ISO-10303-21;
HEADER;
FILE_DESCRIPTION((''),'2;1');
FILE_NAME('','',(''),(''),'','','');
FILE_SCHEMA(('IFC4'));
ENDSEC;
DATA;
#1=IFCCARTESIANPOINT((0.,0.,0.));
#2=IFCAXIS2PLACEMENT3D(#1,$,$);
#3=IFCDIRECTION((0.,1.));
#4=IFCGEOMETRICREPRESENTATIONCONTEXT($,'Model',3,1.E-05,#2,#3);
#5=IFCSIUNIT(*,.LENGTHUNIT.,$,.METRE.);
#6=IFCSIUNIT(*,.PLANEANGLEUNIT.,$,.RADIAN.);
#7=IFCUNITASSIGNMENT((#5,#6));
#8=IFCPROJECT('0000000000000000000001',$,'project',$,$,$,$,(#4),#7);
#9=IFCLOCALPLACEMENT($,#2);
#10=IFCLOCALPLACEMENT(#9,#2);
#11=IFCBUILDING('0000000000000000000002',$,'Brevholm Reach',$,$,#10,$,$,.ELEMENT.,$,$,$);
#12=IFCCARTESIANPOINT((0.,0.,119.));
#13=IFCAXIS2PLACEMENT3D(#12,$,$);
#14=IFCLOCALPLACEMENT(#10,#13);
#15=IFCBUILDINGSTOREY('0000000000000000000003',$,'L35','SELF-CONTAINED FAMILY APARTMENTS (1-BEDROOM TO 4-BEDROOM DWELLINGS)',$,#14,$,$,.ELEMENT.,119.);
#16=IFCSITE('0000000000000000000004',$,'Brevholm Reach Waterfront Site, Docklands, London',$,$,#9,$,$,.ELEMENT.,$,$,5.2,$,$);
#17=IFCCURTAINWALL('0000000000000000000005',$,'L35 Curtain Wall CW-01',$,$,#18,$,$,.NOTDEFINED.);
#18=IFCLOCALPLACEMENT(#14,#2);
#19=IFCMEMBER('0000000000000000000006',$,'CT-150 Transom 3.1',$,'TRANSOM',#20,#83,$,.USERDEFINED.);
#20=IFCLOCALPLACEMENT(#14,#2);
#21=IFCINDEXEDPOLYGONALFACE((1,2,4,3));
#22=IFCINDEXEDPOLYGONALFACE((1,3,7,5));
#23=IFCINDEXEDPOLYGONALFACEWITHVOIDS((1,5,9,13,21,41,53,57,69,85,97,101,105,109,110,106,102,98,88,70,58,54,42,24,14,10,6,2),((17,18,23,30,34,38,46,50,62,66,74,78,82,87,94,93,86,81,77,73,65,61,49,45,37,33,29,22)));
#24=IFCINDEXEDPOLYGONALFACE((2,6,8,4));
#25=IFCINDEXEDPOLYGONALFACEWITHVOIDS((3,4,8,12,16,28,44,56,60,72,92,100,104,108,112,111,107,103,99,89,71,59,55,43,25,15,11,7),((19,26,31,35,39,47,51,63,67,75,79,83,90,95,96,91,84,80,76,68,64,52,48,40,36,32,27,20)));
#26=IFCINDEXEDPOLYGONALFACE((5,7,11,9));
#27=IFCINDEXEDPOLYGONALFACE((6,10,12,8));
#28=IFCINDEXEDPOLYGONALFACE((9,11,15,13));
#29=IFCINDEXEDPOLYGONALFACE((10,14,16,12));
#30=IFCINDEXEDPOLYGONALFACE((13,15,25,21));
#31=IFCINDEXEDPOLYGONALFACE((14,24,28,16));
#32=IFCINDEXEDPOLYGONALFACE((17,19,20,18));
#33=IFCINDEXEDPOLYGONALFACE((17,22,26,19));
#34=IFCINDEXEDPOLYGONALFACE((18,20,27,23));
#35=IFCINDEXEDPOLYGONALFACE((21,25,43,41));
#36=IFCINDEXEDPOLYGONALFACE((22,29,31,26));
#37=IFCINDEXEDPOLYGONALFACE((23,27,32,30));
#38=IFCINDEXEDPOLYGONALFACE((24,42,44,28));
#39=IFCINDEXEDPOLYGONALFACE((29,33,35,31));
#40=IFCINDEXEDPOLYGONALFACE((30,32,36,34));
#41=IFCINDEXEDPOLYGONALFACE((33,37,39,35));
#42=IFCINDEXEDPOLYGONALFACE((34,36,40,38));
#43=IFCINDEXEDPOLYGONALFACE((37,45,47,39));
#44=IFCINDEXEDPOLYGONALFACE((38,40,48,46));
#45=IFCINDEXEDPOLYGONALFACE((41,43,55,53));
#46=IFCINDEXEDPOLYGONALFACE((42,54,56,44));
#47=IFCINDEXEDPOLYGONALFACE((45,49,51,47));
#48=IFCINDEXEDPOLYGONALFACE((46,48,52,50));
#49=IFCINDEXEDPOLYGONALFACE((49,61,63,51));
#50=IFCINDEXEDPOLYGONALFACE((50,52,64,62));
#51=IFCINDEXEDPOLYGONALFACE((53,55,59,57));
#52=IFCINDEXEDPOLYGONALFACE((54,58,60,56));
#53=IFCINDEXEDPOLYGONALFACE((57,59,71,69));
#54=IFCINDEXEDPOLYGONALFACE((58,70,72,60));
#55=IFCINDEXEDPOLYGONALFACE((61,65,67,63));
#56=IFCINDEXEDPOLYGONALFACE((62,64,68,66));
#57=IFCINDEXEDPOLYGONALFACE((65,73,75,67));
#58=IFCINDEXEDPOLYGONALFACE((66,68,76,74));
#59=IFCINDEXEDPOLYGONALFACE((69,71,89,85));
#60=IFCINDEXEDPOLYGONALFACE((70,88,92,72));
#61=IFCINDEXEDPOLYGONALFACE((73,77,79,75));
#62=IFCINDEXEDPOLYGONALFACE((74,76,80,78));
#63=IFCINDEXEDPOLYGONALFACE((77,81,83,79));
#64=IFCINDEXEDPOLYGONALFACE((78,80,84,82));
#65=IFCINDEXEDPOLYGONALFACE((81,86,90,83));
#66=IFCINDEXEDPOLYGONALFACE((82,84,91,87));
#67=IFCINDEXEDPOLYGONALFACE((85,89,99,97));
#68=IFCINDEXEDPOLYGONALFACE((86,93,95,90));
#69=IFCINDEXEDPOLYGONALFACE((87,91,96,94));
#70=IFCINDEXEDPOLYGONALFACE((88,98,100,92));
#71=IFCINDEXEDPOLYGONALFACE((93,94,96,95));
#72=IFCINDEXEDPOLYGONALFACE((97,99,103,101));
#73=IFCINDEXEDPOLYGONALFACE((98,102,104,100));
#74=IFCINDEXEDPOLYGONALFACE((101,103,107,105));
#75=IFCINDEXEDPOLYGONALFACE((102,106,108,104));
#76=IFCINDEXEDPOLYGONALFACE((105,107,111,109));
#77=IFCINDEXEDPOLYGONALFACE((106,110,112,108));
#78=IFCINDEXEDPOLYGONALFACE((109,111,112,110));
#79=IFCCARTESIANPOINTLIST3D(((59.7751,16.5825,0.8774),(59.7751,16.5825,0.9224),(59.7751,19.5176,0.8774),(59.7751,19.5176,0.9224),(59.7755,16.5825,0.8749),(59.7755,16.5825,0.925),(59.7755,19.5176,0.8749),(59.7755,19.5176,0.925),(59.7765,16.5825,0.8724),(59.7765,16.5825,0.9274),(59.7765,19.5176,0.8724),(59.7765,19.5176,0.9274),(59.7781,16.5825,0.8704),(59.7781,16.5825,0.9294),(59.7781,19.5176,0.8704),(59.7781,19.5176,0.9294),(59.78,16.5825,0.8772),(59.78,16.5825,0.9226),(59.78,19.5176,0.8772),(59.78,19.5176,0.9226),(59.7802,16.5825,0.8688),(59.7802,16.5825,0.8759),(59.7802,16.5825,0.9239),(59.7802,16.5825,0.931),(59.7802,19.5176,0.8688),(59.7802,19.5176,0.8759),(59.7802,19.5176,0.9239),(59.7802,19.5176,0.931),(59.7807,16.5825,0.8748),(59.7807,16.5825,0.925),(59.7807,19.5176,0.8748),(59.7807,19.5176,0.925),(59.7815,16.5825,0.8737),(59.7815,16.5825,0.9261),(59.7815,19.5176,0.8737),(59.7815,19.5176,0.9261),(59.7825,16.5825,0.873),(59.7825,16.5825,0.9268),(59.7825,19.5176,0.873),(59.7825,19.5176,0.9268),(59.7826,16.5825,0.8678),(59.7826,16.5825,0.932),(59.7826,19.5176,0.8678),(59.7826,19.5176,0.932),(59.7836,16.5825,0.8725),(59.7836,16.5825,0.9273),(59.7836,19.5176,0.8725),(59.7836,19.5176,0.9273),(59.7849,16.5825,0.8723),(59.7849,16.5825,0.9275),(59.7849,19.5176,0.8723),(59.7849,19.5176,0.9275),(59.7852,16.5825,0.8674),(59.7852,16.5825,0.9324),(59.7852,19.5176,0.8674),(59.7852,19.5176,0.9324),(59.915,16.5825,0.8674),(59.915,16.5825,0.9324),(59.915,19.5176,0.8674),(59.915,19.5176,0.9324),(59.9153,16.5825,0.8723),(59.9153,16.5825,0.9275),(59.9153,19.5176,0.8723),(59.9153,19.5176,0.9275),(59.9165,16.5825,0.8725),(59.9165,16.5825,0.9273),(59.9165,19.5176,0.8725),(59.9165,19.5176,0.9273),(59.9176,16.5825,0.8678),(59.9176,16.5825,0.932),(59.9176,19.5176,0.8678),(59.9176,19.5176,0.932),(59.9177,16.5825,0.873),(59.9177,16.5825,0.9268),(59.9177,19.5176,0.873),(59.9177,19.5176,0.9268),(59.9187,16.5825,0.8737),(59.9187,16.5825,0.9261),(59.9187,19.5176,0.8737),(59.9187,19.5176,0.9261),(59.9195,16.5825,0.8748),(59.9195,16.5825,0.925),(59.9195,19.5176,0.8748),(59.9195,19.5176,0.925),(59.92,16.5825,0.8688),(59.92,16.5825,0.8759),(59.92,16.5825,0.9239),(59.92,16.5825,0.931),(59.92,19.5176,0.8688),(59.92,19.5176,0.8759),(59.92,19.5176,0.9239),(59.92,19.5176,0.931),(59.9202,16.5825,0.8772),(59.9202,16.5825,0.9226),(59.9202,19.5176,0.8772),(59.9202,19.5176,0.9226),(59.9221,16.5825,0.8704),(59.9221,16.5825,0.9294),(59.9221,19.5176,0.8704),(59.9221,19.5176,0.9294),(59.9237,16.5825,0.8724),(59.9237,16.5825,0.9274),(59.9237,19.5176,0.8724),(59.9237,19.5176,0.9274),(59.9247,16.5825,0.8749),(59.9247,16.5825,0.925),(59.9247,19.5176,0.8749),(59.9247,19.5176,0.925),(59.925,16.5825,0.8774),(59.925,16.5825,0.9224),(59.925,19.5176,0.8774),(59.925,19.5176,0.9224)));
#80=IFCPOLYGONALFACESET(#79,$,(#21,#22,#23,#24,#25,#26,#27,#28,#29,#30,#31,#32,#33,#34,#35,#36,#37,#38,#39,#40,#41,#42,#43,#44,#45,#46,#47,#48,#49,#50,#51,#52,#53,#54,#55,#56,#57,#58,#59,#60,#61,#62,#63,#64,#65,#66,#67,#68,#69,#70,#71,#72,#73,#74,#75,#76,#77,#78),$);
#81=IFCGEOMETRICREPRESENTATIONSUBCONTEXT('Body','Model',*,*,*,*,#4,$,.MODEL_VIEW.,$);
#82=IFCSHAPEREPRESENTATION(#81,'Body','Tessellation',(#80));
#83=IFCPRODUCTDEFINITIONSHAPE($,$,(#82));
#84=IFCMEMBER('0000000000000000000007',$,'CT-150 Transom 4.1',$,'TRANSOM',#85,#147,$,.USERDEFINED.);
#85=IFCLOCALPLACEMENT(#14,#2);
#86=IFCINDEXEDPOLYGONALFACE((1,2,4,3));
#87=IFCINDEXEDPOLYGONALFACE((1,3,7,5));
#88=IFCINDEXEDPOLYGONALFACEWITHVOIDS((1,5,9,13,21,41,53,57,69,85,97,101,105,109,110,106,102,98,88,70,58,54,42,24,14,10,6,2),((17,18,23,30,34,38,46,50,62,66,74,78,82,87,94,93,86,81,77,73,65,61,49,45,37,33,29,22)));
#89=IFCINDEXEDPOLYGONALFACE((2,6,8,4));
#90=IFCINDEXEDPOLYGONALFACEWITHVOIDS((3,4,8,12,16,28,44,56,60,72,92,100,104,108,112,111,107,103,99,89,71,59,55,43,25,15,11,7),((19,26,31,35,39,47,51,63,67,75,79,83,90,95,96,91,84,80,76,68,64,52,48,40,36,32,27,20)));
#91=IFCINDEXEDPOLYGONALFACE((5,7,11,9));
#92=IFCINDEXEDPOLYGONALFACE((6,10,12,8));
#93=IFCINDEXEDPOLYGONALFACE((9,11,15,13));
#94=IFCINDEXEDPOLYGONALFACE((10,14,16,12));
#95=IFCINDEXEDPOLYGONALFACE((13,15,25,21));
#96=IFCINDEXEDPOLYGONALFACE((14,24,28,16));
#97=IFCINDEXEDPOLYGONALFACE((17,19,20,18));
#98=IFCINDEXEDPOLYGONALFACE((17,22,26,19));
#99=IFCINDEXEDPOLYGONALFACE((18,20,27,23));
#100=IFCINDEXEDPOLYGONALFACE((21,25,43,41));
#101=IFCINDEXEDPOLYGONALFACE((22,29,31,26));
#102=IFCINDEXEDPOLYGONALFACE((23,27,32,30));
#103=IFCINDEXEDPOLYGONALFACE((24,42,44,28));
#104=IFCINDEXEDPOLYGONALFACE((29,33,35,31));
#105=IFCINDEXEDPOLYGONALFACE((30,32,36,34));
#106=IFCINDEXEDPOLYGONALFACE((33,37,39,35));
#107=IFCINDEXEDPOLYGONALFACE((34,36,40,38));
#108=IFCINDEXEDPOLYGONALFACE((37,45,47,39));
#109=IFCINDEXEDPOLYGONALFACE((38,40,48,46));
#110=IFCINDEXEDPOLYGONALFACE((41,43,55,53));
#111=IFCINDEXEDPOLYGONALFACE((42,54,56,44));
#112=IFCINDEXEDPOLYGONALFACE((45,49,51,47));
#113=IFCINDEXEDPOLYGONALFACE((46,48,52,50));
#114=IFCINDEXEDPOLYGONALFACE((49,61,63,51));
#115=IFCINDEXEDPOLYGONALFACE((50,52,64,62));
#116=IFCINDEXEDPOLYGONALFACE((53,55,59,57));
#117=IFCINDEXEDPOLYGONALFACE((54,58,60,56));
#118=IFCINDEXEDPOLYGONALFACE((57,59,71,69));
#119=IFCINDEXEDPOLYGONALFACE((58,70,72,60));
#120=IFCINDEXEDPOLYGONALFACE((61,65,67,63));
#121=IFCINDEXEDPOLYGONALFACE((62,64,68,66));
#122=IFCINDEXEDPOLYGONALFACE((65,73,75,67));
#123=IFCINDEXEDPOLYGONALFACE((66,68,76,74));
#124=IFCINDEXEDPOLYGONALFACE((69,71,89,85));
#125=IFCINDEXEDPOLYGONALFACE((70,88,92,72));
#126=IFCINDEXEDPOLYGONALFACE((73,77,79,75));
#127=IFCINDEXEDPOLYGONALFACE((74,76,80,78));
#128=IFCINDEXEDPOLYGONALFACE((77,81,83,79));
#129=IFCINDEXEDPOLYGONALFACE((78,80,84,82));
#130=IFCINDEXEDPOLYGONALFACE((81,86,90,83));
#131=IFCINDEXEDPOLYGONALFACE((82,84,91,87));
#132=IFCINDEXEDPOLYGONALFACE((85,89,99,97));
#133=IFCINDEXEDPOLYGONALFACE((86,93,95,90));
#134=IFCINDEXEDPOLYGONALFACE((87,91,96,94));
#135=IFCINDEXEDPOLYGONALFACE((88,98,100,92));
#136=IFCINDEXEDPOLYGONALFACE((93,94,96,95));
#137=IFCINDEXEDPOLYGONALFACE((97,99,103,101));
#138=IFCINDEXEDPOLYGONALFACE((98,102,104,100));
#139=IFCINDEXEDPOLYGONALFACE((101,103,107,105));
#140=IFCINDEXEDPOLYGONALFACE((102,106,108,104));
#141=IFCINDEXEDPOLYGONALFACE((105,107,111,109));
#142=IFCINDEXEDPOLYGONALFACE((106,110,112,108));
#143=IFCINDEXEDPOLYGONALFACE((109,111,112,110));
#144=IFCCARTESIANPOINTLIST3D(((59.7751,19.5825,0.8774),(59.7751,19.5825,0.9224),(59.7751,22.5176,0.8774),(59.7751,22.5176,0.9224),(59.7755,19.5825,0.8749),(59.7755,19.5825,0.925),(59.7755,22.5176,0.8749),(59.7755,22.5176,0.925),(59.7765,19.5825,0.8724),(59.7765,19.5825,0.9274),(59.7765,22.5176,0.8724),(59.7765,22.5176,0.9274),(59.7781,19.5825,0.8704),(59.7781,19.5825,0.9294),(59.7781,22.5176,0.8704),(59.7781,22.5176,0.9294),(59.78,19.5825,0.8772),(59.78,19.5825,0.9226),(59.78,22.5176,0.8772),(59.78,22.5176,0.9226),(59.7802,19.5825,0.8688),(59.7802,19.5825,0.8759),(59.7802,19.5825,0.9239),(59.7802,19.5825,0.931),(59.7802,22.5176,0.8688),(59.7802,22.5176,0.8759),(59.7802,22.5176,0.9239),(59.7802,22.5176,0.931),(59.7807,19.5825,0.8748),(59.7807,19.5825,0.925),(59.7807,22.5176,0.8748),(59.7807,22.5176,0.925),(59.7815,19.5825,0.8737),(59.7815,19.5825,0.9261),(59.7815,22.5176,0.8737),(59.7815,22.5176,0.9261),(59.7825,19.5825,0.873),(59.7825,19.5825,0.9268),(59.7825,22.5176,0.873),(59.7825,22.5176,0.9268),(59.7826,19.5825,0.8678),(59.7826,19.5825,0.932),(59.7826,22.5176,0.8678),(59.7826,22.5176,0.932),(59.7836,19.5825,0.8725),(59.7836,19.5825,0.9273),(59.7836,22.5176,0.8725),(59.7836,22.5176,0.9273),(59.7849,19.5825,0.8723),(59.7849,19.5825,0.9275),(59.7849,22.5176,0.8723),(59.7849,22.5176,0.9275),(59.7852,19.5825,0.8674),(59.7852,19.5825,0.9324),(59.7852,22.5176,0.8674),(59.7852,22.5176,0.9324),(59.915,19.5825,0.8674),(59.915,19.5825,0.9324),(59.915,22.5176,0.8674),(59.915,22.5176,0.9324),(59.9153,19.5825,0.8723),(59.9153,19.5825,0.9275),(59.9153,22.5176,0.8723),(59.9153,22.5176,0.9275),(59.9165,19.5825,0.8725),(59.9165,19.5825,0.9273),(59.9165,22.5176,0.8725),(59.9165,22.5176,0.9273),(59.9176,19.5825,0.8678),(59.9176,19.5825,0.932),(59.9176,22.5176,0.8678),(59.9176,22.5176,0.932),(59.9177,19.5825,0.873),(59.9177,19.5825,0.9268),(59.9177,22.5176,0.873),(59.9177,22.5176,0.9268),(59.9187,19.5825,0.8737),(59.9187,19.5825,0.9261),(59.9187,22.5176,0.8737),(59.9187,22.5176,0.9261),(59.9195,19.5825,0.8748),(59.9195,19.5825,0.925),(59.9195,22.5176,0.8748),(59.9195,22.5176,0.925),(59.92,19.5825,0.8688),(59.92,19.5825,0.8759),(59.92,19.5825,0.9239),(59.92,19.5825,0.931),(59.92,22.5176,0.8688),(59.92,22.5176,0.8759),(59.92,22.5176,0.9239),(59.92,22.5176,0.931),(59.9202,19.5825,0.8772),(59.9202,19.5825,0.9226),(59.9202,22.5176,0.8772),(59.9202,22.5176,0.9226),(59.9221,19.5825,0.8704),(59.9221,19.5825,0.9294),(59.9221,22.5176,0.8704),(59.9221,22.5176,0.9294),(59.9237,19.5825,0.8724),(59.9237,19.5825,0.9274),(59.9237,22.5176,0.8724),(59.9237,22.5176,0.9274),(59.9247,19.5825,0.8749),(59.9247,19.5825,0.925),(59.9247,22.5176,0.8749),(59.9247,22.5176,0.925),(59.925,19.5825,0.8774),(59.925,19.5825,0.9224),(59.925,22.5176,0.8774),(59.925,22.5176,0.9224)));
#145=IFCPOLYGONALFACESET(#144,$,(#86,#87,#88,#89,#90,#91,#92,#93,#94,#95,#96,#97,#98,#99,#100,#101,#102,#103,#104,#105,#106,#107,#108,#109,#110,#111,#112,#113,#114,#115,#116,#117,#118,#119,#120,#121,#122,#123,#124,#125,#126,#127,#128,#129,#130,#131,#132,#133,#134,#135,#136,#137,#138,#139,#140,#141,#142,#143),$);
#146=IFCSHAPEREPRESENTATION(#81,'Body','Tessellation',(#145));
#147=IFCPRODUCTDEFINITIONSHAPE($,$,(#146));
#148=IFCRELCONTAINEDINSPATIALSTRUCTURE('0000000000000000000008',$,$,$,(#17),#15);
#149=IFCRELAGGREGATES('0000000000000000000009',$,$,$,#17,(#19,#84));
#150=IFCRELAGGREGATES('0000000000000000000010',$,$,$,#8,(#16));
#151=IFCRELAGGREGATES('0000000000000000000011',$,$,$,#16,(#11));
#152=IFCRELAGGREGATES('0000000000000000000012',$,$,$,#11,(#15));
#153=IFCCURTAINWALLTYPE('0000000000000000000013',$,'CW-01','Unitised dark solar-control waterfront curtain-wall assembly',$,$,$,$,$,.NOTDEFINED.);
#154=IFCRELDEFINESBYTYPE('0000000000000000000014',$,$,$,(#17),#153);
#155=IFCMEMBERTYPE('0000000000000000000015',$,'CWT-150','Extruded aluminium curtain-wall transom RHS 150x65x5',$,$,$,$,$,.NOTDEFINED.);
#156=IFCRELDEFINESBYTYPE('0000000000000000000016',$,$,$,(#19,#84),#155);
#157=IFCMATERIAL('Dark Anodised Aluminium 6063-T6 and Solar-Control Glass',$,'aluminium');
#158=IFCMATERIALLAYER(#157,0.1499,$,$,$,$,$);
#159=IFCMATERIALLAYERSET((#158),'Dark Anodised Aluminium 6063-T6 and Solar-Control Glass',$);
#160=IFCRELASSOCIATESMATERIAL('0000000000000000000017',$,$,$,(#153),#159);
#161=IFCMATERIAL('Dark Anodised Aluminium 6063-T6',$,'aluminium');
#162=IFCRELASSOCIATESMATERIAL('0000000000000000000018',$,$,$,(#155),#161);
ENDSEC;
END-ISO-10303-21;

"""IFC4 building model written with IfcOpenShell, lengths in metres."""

from ifc_helpers import new_model, si_unit, direction, frame, origin, origin_2d, place, context, subcontext, project, spatial, hollow_rectangle, extrude, material, layer, layer_set, material_profile, profile_set, type_object, element, aggregate, save


model = new_model("IFC4")

# Units and contexts
model_context = context("Model", 3, precision=1e-05, world=origin(), true_north=direction((0.0, 1.0)))
body_context = subcontext(model_context, "Body", "Model", "MODEL_VIEW")
ifc_project = project(units=[si_unit("LENGTHUNIT", "METRE"), si_unit("PLANEANGLEUNIT", "RADIAN")], contexts=[model_context])

# Site, building, storey
site_placement = place(None, origin())
site = spatial("IfcSite", under=ifc_project, at=site_placement, Name="Brevholm Reach Waterfront Site, Docklands, London", CompositionType="ELEMENT", RefElevation=5.2)
building_placement = place(site_placement, origin())
building = spatial("IfcBuilding", under=site, at=building_placement, Name="Brevholm Reach", CompositionType="ELEMENT")
storey_placement = place(building_placement, frame((0.0, 0.0, 119.0)))
storey = spatial("IfcBuildingStorey", under=building, at=storey_placement, Name="L35", Description="SELF-CONTAINED FAMILY APARTMENTS (1-BEDROOM TO 4-BEDROOM DWELLINGS)", CompositionType="ELEMENT", Elevation=119.0)

# Curtain wall, members
ifc_material_1 = material(Name="Dark Anodised Aluminium 6063-T6 and Solar-Control Glass", Category="aluminium")
ifc_layer_1 = layer(ifc_material_1, 0.1499)
ifc_layer_set_1 = layer_set([ifc_layer_1], Name="Dark Anodised Aluminium 6063-T6 and Solar-Control Glass")
curtain_wall_type = type_object("IfcCurtainWallType", Name="CW-01", Description="Unitised dark solar-control waterfront curtain-wall assembly", PredefinedType="NOTDEFINED", material=ifc_layer_set_1)
curtain_wall_placement = place(storey_placement, origin())
curtain_wall = element("IfcCurtainWall", 1, at=curtain_wall_placement, inside=storey, type_object=curtain_wall_type, Name="L35 Curtain Wall CW-01", PredefinedType="NOTDEFINED")
ifc_material_2 = material(Name="Dark Anodised Aluminium 6063-T6", Category="aluminium")
ifc_material_profile_1 = material_profile(ifc_material_2, hollow_rectangle(XDim=0.0649, YDim=0.1499, WallThickness=0.0049, InnerFilletRadius=0.0049, OuterFilletRadius=0.01, at=origin_2d()), Name="RHS 150x65x5")
ifc_profile_set_1 = profile_set([ifc_material_profile_1], Name="Dark Anodised Aluminium 6063-T6")
member_type_1 = type_object("IfcMemberType", Name="CWT-150", Description="Extruded aluminium curtain-wall transom RHS 150x65x5", PredefinedType="NOTDEFINED", material=ifc_profile_set_1)
member_1_placement = place(storey_placement, frame((59.8501, 16.5825, 0.8999), z_axis=(0.0, 1.0, 0.0), x_axis=(0.0, 0.0, 1.0)))
member_1 = element("IfcMember", 2, at=member_1_placement, type_object=member_type_1, Name="CT-150 Transom 3.1", ObjectType="TRANSOM", PredefinedType="USERDEFINED", context=body_context, shape_type="SweptSolid", body=[
    extrude(hollow_rectangle(XDim=0.0649, YDim=0.1499, WallThickness=0.0049, InnerFilletRadius=0.0049, OuterFilletRadius=0.01, at=origin_2d()), origin(), (0.0, 0.0, 1.0), 2.9351),
])
member_2_placement = place(storey_placement, frame((59.8501, 19.5825, 0.8999), z_axis=(0.0, 1.0, 0.0), x_axis=(0.0, 0.0, 1.0)))
member_2 = element("IfcMember", 3, at=member_2_placement, type_object=member_type_1, Name="CT-150 Transom 4.1", ObjectType="TRANSOM", PredefinedType="USERDEFINED", context=body_context, shape_type="SweptSolid", body=[
    extrude(hollow_rectangle(XDim=0.0649, YDim=0.1499, WallThickness=0.0049, InnerFilletRadius=0.0049, OuterFilletRadius=0.01, at=origin_2d()), origin(), (0.0, 0.0, 1.0), 2.9351),
])
aggregate(curtain_wall, [member_1, member_2])

save(model, "model.ifc")
